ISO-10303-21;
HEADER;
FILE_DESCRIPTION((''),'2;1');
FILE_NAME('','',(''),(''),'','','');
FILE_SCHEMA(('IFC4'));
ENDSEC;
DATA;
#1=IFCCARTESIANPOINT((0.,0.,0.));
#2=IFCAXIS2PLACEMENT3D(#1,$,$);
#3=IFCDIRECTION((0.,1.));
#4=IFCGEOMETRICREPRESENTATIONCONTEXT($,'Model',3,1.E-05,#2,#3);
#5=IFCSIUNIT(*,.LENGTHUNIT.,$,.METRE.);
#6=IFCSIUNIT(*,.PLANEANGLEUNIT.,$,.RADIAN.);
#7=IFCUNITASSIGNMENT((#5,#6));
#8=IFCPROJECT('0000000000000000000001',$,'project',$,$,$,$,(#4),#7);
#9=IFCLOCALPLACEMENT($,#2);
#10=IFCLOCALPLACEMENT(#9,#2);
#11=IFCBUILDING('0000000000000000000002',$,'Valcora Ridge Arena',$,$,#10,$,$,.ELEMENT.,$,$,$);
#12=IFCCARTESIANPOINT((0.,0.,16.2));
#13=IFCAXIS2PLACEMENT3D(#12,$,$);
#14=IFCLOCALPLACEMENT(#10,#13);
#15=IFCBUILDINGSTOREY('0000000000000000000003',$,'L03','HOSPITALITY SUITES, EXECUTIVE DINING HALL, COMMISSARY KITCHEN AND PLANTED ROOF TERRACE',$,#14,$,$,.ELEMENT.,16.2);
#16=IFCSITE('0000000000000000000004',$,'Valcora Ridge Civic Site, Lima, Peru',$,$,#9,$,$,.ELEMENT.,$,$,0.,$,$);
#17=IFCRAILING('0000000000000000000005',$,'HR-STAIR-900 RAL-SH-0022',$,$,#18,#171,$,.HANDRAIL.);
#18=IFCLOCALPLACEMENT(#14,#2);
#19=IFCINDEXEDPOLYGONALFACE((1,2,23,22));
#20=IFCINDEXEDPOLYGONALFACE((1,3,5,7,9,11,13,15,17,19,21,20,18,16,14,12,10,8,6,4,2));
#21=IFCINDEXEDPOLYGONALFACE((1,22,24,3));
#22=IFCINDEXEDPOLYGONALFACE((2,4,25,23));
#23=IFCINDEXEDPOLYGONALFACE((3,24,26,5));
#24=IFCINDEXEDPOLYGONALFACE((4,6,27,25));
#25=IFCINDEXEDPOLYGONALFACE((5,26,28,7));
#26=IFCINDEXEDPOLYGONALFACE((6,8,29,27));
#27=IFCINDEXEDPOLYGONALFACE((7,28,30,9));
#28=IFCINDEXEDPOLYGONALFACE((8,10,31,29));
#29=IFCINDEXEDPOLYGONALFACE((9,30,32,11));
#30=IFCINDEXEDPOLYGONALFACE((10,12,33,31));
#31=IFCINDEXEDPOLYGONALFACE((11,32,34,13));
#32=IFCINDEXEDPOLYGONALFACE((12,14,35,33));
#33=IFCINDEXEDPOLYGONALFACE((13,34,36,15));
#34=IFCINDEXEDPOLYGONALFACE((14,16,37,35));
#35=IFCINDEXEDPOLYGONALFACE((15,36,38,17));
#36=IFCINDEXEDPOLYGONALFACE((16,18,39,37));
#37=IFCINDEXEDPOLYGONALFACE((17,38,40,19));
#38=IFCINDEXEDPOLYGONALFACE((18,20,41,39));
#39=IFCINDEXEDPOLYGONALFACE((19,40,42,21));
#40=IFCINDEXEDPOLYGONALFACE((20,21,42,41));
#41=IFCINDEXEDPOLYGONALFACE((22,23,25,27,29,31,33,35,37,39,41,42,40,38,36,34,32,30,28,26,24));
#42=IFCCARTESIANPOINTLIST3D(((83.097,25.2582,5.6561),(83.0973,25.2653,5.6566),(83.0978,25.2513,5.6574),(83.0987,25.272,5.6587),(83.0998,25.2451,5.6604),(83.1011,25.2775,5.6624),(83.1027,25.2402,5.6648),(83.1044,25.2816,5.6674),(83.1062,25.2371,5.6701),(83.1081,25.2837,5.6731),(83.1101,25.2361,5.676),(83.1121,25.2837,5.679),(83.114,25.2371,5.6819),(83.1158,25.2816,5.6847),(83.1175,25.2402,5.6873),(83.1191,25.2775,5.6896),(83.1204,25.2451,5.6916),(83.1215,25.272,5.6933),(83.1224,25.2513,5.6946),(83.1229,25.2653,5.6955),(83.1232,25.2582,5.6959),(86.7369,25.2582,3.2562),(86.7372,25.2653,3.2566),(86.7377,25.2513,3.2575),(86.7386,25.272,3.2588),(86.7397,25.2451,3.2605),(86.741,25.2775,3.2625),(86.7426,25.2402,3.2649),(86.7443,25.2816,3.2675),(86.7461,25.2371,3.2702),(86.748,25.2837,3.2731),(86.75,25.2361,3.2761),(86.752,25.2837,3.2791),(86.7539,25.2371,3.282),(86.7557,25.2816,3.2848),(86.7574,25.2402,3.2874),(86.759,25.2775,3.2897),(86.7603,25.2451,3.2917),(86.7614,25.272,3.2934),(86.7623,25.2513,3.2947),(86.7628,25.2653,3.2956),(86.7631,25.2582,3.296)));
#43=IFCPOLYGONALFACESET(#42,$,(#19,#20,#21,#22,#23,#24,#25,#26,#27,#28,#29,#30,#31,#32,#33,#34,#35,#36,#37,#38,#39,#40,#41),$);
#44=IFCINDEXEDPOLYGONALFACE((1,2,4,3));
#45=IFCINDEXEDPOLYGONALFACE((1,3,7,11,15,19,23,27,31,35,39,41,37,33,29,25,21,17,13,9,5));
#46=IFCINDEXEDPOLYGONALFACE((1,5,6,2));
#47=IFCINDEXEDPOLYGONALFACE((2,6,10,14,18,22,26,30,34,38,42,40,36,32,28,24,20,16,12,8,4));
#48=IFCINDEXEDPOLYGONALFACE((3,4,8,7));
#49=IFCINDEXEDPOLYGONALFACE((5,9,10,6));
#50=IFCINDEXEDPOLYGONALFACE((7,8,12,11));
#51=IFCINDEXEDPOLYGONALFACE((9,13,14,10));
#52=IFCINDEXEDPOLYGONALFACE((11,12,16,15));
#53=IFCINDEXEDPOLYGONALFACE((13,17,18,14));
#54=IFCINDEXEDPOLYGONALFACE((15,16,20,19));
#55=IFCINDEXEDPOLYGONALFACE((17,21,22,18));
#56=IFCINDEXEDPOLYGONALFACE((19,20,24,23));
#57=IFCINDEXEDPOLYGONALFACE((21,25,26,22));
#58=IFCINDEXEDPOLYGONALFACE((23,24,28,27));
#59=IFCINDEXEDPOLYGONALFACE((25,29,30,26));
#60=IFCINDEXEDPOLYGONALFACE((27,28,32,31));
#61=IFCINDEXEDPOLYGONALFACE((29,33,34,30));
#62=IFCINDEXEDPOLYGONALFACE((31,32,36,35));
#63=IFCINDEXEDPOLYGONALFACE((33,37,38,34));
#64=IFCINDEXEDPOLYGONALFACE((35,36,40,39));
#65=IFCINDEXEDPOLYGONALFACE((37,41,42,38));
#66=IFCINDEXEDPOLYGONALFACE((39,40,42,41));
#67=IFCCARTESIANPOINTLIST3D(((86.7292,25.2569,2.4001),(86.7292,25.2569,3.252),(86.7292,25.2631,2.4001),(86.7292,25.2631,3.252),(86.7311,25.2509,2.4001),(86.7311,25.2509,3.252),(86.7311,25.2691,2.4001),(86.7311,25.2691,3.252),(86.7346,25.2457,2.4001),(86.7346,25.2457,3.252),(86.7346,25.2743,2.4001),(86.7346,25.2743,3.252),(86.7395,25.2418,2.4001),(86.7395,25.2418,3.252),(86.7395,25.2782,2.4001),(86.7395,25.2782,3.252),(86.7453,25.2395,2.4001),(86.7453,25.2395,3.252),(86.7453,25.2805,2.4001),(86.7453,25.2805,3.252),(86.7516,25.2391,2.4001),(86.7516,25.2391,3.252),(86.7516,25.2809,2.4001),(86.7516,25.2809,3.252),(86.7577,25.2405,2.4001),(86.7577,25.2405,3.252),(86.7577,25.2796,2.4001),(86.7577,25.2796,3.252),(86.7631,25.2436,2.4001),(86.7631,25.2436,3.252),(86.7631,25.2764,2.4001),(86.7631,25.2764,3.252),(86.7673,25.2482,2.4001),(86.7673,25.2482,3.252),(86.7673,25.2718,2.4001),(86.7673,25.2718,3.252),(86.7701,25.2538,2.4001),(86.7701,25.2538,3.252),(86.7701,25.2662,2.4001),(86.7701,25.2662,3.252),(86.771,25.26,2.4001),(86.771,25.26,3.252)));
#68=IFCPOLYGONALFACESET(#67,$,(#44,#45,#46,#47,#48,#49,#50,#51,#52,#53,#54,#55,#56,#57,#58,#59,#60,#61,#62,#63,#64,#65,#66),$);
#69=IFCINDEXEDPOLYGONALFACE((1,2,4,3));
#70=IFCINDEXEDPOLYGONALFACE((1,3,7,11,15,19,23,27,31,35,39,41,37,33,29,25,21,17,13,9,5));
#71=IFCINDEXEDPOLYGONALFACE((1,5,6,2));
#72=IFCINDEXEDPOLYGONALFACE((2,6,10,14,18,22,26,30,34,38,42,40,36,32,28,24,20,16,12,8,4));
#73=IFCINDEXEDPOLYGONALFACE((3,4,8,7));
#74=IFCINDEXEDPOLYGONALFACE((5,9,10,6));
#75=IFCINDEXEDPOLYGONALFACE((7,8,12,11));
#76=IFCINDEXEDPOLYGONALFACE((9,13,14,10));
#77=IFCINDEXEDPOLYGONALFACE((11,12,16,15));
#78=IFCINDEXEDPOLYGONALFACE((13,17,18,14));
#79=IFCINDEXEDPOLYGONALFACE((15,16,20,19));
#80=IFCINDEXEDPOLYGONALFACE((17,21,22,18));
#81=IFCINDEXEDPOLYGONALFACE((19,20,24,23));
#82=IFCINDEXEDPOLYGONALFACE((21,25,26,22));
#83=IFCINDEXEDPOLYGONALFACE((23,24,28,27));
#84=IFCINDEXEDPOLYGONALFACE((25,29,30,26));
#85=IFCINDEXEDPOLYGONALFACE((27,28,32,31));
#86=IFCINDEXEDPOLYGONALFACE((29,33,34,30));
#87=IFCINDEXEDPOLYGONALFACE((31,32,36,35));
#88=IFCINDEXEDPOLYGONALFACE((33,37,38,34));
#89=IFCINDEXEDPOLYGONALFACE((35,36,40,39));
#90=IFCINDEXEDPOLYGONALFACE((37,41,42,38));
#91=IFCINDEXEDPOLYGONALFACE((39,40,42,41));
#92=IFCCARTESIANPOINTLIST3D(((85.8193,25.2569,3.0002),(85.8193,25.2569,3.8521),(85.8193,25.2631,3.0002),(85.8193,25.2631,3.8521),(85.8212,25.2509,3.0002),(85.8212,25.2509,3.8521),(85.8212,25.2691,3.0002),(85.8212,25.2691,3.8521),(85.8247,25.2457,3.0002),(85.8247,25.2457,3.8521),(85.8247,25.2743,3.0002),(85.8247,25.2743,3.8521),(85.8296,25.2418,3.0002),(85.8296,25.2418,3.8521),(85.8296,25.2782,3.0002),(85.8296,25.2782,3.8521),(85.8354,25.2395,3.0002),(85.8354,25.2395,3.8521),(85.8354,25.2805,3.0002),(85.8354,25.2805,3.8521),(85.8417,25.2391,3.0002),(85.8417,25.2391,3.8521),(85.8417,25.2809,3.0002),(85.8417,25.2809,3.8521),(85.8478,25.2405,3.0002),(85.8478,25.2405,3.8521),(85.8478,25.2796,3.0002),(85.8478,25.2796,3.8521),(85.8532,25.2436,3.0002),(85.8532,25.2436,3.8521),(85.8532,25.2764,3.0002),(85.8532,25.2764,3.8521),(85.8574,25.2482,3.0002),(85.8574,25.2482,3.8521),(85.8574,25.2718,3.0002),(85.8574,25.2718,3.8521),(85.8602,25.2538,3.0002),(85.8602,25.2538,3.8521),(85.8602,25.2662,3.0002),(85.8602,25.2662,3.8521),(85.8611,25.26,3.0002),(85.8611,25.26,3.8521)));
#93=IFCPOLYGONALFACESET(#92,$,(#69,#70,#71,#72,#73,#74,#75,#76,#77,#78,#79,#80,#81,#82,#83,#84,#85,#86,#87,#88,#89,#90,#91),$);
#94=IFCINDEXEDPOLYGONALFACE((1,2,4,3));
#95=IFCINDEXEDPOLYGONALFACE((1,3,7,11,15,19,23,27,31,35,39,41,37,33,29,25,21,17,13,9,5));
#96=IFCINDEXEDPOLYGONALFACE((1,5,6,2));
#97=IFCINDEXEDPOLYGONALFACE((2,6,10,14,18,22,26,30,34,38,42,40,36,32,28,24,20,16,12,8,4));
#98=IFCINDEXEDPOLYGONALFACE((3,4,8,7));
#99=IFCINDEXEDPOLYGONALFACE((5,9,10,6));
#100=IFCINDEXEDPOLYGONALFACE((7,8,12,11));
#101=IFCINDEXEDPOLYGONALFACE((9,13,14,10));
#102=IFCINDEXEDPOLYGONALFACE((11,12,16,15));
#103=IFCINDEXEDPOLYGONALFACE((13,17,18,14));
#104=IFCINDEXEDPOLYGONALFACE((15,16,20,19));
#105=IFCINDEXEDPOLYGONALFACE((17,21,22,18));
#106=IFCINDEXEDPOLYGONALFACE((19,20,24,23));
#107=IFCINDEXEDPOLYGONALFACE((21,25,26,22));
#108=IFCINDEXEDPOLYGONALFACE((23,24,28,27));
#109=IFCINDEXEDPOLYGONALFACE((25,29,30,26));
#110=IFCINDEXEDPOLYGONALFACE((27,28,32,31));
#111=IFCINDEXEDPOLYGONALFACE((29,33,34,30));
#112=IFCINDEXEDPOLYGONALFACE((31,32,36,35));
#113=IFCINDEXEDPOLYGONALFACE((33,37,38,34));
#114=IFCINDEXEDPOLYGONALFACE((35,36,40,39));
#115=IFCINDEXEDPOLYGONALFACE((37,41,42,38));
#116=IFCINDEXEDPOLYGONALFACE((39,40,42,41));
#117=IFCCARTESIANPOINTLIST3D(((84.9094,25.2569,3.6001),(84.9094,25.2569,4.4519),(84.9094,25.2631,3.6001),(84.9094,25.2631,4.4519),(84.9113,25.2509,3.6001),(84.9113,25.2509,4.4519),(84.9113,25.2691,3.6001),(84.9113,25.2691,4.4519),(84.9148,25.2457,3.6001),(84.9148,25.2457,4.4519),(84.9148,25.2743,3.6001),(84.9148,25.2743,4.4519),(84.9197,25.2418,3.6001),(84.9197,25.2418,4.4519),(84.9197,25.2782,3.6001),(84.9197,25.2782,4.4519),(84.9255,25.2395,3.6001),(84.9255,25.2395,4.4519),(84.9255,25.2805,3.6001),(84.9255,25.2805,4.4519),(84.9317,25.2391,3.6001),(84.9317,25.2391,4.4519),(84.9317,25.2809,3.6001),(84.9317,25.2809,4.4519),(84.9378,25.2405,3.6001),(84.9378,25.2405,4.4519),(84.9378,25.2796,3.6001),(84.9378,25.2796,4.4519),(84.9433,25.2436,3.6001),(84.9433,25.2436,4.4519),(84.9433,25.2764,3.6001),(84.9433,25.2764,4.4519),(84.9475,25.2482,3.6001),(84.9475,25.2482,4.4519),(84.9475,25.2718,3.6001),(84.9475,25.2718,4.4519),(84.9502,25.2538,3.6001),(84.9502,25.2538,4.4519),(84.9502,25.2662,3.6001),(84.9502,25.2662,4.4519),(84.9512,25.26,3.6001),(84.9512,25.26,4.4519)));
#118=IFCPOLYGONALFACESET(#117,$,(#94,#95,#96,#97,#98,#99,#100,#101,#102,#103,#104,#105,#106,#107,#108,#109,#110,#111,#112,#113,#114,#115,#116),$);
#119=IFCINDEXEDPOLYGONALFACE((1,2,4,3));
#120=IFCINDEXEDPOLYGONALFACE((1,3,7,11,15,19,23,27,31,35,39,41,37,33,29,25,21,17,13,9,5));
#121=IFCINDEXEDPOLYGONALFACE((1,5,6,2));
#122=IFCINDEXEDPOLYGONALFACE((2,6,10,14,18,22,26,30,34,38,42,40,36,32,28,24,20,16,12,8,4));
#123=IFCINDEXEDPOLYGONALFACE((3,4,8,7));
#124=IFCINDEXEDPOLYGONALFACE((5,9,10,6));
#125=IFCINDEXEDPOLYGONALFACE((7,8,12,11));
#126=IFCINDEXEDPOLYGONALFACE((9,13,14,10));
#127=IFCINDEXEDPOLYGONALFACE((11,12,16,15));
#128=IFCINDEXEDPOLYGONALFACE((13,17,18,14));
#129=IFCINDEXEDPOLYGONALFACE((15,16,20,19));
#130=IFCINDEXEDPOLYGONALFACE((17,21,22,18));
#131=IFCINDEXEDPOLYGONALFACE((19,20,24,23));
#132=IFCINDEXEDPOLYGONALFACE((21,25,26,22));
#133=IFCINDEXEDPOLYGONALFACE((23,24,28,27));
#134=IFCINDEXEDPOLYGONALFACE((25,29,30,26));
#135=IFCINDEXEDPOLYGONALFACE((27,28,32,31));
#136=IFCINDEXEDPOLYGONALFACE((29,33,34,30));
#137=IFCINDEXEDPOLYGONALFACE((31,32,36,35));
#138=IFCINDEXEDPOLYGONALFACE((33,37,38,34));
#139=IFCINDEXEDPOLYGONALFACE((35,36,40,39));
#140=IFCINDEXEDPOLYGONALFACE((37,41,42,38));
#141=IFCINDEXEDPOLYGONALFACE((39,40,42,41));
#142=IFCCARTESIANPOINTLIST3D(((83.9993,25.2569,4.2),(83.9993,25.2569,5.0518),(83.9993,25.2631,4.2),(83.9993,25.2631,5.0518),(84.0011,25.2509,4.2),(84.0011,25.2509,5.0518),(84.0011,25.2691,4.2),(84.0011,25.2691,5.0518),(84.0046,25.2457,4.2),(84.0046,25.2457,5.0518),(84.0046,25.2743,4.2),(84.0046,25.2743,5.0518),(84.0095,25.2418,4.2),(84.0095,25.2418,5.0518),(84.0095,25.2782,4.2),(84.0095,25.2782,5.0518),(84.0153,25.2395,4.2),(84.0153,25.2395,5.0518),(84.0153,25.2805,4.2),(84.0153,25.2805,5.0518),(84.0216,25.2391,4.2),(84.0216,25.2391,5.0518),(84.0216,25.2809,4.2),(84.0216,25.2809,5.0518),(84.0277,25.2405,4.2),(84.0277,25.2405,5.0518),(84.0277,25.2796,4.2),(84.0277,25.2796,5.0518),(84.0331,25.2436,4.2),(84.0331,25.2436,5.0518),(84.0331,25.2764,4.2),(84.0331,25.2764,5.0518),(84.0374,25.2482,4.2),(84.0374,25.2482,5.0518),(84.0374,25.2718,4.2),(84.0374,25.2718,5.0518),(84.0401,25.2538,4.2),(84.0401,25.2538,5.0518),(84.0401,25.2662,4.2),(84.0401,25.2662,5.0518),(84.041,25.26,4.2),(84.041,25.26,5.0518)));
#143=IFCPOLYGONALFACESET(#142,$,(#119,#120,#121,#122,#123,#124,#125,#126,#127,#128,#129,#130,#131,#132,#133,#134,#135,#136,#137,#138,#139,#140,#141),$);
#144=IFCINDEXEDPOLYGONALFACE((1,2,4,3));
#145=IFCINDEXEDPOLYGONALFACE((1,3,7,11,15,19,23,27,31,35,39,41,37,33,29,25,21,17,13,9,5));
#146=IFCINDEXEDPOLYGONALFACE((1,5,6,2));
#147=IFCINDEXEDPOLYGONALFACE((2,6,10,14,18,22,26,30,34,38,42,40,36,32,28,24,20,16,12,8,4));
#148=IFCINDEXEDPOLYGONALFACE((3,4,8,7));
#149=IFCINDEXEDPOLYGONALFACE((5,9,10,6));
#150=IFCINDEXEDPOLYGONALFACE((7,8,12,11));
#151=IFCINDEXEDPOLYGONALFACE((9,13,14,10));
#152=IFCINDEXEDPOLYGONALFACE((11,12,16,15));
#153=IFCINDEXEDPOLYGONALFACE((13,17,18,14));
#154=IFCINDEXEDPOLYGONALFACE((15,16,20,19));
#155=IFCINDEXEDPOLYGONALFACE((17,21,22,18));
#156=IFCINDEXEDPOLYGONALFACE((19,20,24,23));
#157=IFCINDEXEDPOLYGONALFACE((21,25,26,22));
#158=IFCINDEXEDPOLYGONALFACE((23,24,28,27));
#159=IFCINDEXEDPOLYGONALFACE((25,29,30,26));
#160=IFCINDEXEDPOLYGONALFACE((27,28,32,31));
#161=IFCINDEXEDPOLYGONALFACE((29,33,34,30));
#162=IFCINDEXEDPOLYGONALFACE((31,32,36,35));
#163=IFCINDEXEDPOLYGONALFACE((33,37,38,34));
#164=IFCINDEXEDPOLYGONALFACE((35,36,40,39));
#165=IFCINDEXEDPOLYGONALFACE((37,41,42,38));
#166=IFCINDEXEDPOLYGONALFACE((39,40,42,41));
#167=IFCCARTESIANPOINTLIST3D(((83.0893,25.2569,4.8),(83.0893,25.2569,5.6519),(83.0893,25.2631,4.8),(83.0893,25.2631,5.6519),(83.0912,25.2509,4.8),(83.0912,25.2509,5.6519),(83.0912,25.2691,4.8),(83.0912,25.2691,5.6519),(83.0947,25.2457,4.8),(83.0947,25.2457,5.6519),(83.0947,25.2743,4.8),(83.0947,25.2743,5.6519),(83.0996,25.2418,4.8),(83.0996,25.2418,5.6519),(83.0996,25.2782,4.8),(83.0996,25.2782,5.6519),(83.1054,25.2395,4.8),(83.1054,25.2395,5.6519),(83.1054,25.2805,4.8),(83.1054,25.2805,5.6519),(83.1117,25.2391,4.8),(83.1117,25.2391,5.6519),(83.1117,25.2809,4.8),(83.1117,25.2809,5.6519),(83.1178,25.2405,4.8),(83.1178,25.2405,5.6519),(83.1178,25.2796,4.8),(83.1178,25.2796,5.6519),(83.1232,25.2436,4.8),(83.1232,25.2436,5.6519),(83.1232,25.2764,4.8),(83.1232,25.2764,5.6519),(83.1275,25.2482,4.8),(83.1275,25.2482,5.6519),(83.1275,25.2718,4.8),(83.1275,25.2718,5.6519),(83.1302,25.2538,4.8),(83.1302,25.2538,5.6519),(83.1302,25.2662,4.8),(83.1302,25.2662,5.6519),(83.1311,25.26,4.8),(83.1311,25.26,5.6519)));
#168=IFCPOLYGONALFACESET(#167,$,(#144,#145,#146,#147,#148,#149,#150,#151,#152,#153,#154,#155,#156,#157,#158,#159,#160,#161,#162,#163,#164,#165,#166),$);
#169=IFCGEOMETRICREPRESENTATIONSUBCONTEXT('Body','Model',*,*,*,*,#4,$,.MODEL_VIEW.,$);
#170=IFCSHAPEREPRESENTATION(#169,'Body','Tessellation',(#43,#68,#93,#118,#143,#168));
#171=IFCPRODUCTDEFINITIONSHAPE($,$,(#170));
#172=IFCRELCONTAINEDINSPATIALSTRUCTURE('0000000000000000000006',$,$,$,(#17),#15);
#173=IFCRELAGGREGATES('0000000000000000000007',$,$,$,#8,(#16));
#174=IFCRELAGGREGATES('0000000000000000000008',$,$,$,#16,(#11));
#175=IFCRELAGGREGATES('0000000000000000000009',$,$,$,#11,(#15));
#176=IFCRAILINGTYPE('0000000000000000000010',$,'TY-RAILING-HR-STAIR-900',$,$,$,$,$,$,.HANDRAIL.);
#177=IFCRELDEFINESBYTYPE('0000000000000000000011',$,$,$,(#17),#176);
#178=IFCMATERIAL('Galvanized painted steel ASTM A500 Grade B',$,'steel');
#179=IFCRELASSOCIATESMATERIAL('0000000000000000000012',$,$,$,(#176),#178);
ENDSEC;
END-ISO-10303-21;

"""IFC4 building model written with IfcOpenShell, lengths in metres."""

from ifc_helpers import new_model, si_unit, direction, frame, origin, origin_2d, place, context, subcontext, project, spatial, circle, extrude, material, type_object, element, save


model = new_model("IFC4")

# Units and contexts
model_context = context("Model", 3, precision=1e-05, world=origin(), true_north=direction((0.0, 1.0)))
body_context = subcontext(model_context, "Body", "Model", "MODEL_VIEW")
ifc_project = project(units=[si_unit("LENGTHUNIT", "METRE"), si_unit("PLANEANGLEUNIT", "RADIAN")], contexts=[model_context])

# Site, building, storey
site_placement = place(None, origin())
site = spatial("IfcSite", under=ifc_project, at=site_placement, Name="Valcora Ridge Civic Site, Lima, Peru", CompositionType="ELEMENT", RefElevation=0.0)
building_placement = place(site_placement, origin())
building = spatial("IfcBuilding", under=site, at=building_placement, Name="Valcora Ridge Arena", CompositionType="ELEMENT")
storey_placement = place(building_placement, frame((0.0, 0.0, 16.2)))
storey = spatial("IfcBuildingStorey", under=building, at=storey_placement, Name="L03", Description="HOSPITALITY SUITES, EXECUTIVE DINING HALL, COMMISSARY KITCHEN AND PLANTED ROOF TERRACE", CompositionType="ELEMENT", Elevation=16.2)

# Railing
ifc_material_1 = material(Name="Galvanized painted steel ASTM A500 Grade B", Category="steel")
railing_type = type_object("IfcRailingType", Name="TY-RAILING-HR-STAIR-900", PredefinedType="HANDRAIL", material=ifc_material_1)
railing_placement = place(storey_placement, frame((86.75, 25.26, 2.4001)))
element("IfcRailing", 1, at=railing_placement, inside=storey, type_object=railing_type, Name="HR-STAIR-900 RAL-SH-0022", PredefinedType="HANDRAIL", context=body_context, shape_type="SweptSolid", body=[
    extrude(circle(Radius=0.0239, at=origin_2d()), frame((0.0, 0.0, 0.876), z_axis=(-0.834865, 0.0, 0.550454), x_axis=(0.0, -1.0, 0.0)), (0.0, 0.0, 1.0), 4.3599),
    extrude(circle(Radius=0.021, at=origin_2d()), origin(), (0.0, 0.0, 1.0), 0.8518),
    extrude(circle(Radius=0.021, at=origin_2d()), frame((-0.9099, 0.0, 0.6001)), (0.0, 0.0, 1.0), 0.8518),
    extrude(circle(Radius=0.021, at=origin_2d()), frame((-1.8198, 0.0, 1.2)), (0.0, 0.0, 1.0), 0.8518),
    extrude(circle(Radius=0.021, at=origin_2d()), frame((-2.73, 0.0, 1.7998)), (0.0, 0.0, 1.0), 0.8518),
    extrude(circle(Radius=0.021, at=origin_2d()), frame((-3.6399, 0.0, 2.3999)), (0.0, 0.0, 1.0), 0.8518),
])

save(model, "model.ifc")
